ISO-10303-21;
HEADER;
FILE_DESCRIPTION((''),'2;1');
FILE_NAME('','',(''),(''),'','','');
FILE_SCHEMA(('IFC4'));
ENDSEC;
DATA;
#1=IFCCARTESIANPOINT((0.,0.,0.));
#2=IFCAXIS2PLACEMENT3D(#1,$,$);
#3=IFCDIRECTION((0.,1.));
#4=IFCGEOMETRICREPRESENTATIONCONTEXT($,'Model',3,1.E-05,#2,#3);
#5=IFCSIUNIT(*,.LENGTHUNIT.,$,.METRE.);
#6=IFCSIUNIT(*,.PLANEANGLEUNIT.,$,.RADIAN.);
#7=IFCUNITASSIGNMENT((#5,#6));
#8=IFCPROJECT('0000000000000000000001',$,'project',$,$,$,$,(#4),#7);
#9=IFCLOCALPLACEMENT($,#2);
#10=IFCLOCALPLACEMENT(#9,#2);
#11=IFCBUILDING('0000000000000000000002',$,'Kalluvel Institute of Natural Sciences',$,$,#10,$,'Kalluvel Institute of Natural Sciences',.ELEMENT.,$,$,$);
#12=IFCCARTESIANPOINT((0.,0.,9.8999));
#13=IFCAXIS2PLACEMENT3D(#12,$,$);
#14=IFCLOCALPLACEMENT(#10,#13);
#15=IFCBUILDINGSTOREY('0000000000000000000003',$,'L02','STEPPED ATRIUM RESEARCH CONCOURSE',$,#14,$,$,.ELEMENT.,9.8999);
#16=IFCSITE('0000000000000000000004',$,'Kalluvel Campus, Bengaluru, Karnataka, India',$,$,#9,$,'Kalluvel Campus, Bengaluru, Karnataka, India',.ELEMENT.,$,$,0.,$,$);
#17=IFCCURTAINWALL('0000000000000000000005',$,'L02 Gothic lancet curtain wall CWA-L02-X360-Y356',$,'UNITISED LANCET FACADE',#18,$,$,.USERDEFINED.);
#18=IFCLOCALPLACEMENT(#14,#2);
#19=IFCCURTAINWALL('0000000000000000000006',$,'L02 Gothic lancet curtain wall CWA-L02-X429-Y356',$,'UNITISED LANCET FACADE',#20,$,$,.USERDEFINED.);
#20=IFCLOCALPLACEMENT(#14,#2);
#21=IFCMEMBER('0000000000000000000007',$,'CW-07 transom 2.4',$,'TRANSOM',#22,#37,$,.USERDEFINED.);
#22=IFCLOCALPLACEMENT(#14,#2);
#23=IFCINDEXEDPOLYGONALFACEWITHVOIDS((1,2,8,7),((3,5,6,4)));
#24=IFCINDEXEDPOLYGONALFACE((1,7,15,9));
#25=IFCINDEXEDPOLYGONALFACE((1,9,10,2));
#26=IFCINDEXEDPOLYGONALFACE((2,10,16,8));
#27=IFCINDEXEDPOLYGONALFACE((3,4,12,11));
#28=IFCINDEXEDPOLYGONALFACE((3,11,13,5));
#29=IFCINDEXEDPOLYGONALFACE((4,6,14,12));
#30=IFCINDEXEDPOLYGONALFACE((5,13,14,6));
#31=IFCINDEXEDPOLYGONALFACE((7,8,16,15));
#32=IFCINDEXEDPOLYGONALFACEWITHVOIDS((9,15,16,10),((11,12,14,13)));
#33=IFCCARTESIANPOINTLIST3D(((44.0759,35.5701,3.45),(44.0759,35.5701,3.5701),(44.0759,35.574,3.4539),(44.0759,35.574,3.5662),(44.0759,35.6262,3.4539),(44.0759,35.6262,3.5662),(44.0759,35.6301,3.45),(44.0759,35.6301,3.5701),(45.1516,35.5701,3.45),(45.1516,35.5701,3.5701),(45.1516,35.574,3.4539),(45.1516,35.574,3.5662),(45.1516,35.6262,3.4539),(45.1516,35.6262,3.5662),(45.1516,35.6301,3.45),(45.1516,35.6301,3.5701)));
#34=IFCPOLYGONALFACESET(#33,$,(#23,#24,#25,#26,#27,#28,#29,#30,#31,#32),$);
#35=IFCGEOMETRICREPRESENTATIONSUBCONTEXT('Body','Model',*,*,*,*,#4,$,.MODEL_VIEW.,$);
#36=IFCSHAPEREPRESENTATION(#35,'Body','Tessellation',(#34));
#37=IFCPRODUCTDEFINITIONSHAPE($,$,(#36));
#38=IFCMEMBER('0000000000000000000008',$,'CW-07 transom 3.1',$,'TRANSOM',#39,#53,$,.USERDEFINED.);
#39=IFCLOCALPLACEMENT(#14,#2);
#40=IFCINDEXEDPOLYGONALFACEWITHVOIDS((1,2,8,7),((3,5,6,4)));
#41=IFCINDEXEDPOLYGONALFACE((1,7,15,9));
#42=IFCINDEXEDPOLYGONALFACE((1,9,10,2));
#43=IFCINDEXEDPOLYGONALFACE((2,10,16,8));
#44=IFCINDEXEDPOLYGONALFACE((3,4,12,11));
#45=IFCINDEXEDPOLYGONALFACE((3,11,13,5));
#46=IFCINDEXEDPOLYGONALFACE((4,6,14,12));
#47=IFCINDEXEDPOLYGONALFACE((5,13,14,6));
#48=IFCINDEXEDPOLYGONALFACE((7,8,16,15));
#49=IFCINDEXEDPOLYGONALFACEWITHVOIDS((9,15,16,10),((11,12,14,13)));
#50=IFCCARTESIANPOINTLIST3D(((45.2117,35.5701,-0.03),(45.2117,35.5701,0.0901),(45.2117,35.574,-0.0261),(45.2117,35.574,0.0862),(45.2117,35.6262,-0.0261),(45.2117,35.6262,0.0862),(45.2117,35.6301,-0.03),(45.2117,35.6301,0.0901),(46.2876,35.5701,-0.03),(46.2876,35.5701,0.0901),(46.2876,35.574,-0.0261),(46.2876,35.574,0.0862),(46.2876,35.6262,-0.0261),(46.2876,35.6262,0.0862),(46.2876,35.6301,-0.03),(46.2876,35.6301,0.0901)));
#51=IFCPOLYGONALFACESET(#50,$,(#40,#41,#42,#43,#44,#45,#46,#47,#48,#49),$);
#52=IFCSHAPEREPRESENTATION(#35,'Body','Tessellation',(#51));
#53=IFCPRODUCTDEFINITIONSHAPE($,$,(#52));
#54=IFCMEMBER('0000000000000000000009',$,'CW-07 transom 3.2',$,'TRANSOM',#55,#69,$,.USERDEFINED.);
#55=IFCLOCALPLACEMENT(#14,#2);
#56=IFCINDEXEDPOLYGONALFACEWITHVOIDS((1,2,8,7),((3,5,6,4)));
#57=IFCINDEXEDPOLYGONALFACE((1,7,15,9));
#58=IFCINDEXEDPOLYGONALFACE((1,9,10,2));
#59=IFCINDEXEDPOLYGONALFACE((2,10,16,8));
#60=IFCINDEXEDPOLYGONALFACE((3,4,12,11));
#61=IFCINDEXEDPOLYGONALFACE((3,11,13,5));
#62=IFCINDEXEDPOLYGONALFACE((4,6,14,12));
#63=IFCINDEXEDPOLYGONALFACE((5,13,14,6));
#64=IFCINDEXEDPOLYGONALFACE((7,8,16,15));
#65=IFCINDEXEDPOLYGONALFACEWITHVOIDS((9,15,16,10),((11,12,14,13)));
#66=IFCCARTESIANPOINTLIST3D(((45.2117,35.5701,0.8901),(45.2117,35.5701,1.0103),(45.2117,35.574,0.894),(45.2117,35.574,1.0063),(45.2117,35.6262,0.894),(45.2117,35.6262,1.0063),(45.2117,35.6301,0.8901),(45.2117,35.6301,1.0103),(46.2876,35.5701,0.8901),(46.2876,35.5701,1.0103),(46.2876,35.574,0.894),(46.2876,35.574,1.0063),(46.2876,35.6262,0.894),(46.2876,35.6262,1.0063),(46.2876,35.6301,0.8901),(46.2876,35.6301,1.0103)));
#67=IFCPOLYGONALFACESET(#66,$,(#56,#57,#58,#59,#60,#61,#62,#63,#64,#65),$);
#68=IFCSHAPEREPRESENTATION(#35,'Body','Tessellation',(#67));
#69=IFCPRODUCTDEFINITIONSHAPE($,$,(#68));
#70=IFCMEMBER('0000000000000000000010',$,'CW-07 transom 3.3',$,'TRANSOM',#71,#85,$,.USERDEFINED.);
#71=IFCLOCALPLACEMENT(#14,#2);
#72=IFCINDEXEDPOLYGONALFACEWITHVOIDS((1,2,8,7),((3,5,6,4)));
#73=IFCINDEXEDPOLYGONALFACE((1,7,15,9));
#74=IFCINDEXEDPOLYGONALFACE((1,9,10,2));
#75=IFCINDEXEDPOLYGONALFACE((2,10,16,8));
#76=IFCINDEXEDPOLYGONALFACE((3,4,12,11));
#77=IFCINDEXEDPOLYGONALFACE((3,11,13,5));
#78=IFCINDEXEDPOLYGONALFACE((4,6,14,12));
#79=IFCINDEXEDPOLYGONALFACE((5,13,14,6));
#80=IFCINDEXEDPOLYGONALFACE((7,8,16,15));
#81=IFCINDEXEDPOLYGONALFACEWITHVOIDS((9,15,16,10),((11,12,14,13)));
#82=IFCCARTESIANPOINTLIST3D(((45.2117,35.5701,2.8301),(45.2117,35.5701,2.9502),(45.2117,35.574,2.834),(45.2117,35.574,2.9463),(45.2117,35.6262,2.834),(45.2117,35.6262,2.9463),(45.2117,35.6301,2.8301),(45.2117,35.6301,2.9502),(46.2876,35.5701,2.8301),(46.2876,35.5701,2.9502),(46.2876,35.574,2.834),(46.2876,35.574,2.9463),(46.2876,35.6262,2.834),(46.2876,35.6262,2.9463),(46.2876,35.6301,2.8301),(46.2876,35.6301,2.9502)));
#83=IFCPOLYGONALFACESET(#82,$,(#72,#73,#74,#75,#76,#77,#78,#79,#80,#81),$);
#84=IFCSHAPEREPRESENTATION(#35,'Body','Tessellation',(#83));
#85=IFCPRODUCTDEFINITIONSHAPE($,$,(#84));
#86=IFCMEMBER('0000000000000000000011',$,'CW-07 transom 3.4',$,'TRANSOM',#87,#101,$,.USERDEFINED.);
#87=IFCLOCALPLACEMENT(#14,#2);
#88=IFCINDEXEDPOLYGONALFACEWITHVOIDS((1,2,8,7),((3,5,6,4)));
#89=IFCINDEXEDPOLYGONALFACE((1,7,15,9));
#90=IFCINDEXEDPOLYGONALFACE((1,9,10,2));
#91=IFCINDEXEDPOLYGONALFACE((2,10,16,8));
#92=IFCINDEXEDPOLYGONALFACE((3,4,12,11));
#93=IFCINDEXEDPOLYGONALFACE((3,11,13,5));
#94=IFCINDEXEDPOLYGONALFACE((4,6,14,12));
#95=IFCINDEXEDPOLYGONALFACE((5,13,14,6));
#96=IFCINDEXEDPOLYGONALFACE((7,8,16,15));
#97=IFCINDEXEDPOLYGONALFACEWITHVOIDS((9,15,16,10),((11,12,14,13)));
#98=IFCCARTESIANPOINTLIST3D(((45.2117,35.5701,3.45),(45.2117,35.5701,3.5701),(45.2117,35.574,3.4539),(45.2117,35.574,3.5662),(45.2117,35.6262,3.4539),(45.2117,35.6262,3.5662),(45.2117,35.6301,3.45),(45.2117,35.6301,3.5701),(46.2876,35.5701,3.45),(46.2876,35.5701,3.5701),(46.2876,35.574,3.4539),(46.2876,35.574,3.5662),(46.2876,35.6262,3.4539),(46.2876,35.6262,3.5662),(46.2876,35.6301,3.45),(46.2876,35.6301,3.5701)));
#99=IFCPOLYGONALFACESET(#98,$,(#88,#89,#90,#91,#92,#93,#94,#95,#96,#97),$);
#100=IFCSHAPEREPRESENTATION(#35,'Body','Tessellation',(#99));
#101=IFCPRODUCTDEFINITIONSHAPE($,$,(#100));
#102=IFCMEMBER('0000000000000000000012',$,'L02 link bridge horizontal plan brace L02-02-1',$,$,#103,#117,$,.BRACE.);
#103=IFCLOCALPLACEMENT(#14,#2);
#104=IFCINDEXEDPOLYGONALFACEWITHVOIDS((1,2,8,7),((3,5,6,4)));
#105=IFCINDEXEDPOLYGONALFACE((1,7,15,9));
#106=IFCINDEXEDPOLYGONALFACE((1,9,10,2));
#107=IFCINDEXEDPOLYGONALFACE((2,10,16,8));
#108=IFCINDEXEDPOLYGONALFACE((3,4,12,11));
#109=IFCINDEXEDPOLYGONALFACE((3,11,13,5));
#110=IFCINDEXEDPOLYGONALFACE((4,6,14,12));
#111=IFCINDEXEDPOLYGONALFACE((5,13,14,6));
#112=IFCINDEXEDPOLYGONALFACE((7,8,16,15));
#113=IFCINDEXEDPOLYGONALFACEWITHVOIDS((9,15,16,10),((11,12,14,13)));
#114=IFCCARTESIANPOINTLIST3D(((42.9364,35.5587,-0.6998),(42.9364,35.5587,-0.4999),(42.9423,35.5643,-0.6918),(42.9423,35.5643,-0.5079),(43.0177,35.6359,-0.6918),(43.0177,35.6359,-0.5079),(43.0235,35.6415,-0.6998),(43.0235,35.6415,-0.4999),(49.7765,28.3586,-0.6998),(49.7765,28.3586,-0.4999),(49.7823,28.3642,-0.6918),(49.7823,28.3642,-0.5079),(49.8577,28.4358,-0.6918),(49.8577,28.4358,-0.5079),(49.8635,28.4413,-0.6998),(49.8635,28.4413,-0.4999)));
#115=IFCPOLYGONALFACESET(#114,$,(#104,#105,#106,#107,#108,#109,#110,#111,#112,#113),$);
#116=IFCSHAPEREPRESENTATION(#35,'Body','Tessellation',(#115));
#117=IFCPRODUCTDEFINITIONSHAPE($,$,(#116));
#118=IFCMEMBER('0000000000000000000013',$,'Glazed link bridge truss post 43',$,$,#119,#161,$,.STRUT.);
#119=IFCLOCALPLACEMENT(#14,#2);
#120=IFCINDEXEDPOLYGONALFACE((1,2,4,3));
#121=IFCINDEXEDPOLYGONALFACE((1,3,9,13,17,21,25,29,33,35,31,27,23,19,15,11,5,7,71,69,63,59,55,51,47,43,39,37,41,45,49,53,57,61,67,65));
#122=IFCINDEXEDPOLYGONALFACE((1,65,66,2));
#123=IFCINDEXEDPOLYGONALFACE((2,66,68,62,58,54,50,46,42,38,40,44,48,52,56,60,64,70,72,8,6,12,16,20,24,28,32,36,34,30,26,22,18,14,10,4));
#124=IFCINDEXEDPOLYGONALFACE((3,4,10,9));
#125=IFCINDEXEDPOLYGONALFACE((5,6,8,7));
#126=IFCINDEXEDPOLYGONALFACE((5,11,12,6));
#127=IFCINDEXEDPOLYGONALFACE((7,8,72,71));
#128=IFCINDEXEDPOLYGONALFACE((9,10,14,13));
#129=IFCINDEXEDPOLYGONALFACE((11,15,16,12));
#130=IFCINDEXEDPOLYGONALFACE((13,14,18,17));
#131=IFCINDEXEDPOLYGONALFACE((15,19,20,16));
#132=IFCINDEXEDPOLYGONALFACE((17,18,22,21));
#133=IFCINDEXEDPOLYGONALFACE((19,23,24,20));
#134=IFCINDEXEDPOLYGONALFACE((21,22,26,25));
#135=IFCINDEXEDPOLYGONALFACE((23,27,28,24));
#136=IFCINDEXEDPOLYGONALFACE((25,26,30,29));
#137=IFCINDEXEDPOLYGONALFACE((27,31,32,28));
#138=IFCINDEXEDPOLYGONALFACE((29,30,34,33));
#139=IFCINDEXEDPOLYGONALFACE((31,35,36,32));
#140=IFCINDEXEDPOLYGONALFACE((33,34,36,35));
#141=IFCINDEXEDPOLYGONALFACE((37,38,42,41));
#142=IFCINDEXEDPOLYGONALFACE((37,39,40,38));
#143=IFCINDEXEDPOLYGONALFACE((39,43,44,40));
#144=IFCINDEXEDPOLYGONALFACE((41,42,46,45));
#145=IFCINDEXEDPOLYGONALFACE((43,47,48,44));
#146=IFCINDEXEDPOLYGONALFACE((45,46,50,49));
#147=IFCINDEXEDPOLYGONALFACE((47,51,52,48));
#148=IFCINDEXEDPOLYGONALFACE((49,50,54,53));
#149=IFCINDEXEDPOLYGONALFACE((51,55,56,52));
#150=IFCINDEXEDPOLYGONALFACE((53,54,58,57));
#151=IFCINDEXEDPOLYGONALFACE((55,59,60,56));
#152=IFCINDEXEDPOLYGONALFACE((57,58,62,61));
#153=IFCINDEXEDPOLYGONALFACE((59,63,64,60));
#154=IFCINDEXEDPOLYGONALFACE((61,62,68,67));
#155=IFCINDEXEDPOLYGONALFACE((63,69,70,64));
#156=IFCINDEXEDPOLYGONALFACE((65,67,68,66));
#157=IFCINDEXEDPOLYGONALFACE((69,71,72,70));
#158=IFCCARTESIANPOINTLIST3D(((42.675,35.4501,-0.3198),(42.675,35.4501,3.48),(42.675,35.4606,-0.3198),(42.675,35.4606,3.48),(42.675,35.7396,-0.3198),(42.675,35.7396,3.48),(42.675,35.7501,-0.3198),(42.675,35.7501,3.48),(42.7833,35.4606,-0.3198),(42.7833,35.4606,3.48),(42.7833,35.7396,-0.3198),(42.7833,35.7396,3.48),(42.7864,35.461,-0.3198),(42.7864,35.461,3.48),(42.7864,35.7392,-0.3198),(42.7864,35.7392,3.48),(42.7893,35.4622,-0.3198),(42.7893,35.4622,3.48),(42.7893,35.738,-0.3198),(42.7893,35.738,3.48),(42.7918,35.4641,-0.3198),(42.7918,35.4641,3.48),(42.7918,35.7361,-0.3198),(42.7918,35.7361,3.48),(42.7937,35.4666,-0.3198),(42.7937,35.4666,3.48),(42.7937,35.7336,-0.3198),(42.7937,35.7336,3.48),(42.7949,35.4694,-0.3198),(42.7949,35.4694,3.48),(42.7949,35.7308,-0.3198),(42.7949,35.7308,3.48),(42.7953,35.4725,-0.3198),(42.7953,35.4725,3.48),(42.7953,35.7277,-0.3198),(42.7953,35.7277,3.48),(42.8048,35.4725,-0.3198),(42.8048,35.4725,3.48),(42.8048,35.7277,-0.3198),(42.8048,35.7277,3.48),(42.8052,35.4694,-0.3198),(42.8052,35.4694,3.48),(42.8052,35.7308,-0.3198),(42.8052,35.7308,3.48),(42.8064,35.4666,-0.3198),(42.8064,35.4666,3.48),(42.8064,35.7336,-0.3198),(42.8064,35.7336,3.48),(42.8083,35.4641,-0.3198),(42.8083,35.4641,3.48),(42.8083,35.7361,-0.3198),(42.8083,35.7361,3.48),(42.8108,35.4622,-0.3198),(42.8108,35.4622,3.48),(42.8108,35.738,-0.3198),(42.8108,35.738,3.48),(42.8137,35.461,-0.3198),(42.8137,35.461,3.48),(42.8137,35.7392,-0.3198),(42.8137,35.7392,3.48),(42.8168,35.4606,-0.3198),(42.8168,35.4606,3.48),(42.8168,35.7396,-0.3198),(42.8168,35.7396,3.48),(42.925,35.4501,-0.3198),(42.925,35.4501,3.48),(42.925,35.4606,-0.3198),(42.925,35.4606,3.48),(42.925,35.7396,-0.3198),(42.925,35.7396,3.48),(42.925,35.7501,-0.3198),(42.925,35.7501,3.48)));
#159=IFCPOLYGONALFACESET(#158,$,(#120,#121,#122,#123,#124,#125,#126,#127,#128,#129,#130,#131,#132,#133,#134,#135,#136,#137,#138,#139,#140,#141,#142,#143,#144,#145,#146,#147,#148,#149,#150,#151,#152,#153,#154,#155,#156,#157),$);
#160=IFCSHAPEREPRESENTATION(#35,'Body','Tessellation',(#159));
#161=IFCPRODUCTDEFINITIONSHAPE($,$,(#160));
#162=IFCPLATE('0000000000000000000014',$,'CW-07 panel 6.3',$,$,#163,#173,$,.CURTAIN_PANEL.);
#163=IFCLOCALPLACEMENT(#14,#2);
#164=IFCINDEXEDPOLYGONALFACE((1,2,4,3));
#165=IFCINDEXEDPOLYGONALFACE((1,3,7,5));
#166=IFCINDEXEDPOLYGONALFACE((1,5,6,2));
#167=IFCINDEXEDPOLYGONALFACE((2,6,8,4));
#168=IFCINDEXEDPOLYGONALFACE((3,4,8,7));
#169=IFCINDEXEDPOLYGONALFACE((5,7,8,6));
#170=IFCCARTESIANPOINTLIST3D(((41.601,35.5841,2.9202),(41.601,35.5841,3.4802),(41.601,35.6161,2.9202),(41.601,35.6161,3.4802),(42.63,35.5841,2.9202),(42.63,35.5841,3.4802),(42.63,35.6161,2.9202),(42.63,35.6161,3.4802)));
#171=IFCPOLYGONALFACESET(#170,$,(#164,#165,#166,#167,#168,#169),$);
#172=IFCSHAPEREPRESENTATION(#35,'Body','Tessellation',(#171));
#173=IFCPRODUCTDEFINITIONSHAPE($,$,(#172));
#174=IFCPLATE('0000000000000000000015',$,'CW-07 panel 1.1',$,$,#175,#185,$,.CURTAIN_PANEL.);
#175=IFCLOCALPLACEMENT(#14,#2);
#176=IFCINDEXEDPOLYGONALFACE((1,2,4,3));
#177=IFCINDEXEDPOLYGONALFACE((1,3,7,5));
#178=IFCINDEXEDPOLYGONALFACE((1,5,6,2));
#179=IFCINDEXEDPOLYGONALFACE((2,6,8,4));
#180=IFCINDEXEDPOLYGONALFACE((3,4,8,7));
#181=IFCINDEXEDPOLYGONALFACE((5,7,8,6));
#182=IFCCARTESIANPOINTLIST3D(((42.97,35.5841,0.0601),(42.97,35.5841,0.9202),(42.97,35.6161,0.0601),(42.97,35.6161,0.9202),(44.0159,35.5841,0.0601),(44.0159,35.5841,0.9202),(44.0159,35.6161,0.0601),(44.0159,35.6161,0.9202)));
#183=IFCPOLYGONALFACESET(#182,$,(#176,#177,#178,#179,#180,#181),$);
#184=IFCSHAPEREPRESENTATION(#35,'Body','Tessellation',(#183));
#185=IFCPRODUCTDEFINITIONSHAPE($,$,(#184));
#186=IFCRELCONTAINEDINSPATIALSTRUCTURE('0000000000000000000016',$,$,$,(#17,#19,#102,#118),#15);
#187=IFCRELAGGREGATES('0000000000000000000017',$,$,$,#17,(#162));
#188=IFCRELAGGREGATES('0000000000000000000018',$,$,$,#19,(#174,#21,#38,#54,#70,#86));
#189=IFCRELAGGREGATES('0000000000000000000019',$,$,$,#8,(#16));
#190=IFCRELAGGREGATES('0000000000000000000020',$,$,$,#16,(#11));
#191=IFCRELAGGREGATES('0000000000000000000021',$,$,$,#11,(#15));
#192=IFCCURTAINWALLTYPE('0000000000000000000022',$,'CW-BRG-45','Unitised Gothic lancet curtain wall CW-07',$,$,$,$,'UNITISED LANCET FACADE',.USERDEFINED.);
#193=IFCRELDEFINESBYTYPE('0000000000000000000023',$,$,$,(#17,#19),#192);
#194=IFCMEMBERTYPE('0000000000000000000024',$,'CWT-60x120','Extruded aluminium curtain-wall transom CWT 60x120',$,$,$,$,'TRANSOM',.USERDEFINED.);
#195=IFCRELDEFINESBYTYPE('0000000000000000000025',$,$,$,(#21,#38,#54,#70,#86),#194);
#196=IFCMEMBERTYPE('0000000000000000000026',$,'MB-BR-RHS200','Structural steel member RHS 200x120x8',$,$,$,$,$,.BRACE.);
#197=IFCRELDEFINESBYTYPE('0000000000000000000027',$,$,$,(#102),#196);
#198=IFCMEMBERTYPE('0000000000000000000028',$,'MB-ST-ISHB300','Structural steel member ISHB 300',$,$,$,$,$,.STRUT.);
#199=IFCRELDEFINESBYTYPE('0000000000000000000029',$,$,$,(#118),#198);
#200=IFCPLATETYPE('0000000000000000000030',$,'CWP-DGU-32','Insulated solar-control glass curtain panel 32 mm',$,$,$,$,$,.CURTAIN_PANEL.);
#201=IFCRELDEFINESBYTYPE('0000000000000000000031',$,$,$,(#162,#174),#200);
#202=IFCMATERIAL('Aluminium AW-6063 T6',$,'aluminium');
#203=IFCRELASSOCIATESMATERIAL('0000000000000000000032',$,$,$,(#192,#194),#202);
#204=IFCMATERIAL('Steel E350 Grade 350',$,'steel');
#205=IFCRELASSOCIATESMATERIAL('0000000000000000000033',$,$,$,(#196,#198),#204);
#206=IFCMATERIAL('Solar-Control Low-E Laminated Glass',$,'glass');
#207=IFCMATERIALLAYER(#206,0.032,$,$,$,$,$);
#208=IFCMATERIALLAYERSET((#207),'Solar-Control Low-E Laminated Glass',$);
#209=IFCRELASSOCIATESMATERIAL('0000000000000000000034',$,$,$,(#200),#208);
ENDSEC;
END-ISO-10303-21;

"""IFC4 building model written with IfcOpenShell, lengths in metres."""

from ifc_helpers import new_model, si_unit, direction, frame, origin, origin_2d, place, context, subcontext, project, spatial, rectangle, hollow_rectangle, i_section, extrude, material, layer, layer_set, material_profile, profile_set, type_object, element, aggregate, save


model = new_model("IFC4")

# Units and contexts
model_context = context("Model", 3, precision=1e-05, world=origin(), true_north=direction((0.0, 1.0)))
body_context = subcontext(model_context, "Body", "Model", "MODEL_VIEW")
ifc_project = project(units=[si_unit("LENGTHUNIT", "METRE"), si_unit("PLANEANGLEUNIT", "RADIAN")], contexts=[model_context])

# Site, building, storey
site_placement = place(None, origin())
site = spatial("IfcSite", under=ifc_project, at=site_placement, Name="Kalluvel Campus, Bengaluru, Karnataka, India", LongName="Kalluvel Campus, Bengaluru, Karnataka, India", CompositionType="ELEMENT", RefElevation=0.0)
building_placement = place(site_placement, origin())
building = spatial("IfcBuilding", under=site, at=building_placement, Name="Kalluvel Institute of Natural Sciences", LongName="Kalluvel Institute of Natural Sciences", CompositionType="ELEMENT")
storey_placement = place(building_placement, frame((0.0, 0.0, 9.8999)))
storey = spatial("IfcBuildingStorey", under=building, at=storey_placement, Name="L02", Description="STEPPED ATRIUM RESEARCH CONCOURSE", CompositionType="ELEMENT", Elevation=9.8999)

# Curtain wall
ifc_material_1 = material(Name="Aluminium AW-6063 T6", Category="aluminium")
curtain_wall_type = type_object("IfcCurtainWallType", Name="CW-BRG-45", Description="Unitised Gothic lancet curtain wall CW-07", ElementType="UNITISED LANCET FACADE", PredefinedType="USERDEFINED", material=ifc_material_1)
curtain_wall_1_placement = place(storey_placement, origin())
curtain_wall_1 = element("IfcCurtainWall", 1, at=curtain_wall_1_placement, inside=storey, type_object=curtain_wall_type, Name="L02 Gothic lancet curtain wall CWA-L02-X360-Y356", ObjectType="UNITISED LANCET FACADE", PredefinedType="USERDEFINED")

# Curtain wall, members
curtain_wall_2_placement = place(storey_placement, origin())
curtain_wall_2 = element("IfcCurtainWall", 2, at=curtain_wall_2_placement, inside=storey, type_object=curtain_wall_type, Name="L02 Gothic lancet curtain wall CWA-L02-X429-Y356", ObjectType="UNITISED LANCET FACADE", PredefinedType="USERDEFINED")
ifc_material_profile_1 = material_profile(ifc_material_1, hollow_rectangle(XDim=0.0601, YDim=0.1201, WallThickness=0.0039, at=origin_2d()), Name="CWT 60x120")
ifc_profile_set_1 = profile_set([ifc_material_profile_1], Name="Aluminium AW-6063 T6")
member_type_1 = type_object("IfcMemberType", Name="CWT-60x120", Description="Extruded aluminium curtain-wall transom CWT 60x120", ElementType="TRANSOM", PredefinedType="USERDEFINED", material=ifc_profile_set_1)
member_1_placement = place(storey_placement, frame((44.0759, 35.6001, 3.51), z_axis=(1.0, 0.0, 0.0), x_axis=(0.0, 1.0, 0.0)))
member_1 = element("IfcMember", 3, at=member_1_placement, type_object=member_type_1, Name="CW-07 transom 2.4", ObjectType="TRANSOM", PredefinedType="USERDEFINED", context=body_context, shape_type="SweptSolid", body=[
    extrude(hollow_rectangle(XDim=0.0601, YDim=0.1201, WallThickness=0.0039, at=origin_2d()), origin(), (0.0, 0.0, 1.0), 1.0757),
])
member_2_placement = place(storey_placement, frame((45.2117, 35.6001, 0.03), z_axis=(1.0, 0.0, 0.0), x_axis=(0.0, 1.0, 0.0)))
member_2 = element("IfcMember", 4, at=member_2_placement, type_object=member_type_1, Name="CW-07 transom 3.1", ObjectType="TRANSOM", PredefinedType="USERDEFINED", context=body_context, shape_type="SweptSolid", body=[
    extrude(hollow_rectangle(XDim=0.0601, YDim=0.1201, WallThickness=0.0039, at=origin_2d()), origin(), (0.0, 0.0, 1.0), 1.0759),
])
member_3_placement = place(storey_placement, frame((45.2117, 35.6001, 0.9502), z_axis=(1.0, 0.0, 0.0), x_axis=(0.0, 1.0, 0.0)))
member_3 = element("IfcMember", 5, at=member_3_placement, type_object=member_type_1, Name="CW-07 transom 3.2", ObjectType="TRANSOM", PredefinedType="USERDEFINED", context=body_context, shape_type="SweptSolid", body=[
    extrude(hollow_rectangle(XDim=0.0601, YDim=0.1201, WallThickness=0.0039, at=origin_2d()), origin(), (0.0, 0.0, 1.0), 1.0759),
])
member_4_placement = place(storey_placement, frame((45.2117, 35.6001, 2.8901), z_axis=(1.0, 0.0, 0.0), x_axis=(0.0, 1.0, 0.0)))
member_4 = element("IfcMember", 6, at=member_4_placement, type_object=member_type_1, Name="CW-07 transom 3.3", ObjectType="TRANSOM", PredefinedType="USERDEFINED", context=body_context, shape_type="SweptSolid", body=[
    extrude(hollow_rectangle(XDim=0.0601, YDim=0.1201, WallThickness=0.0039, at=origin_2d()), origin(), (0.0, 0.0, 1.0), 1.0759),
])
member_5_placement = place(storey_placement, frame((45.2117, 35.6001, 3.51), z_axis=(1.0, 0.0, 0.0), x_axis=(0.0, 1.0, 0.0)))
member_5 = element("IfcMember", 7, at=member_5_placement, type_object=member_type_1, Name="CW-07 transom 3.4", ObjectType="TRANSOM", PredefinedType="USERDEFINED", context=body_context, shape_type="SweptSolid", body=[
    extrude(hollow_rectangle(XDim=0.0601, YDim=0.1201, WallThickness=0.0039, at=origin_2d()), origin(), (0.0, 0.0, 1.0), 1.0759),
])

# Members
ifc_material_2 = material(Name="Steel E350 Grade 350", Category="steel")
ifc_material_profile_2 = material_profile(ifc_material_2, hollow_rectangle(XDim=0.1201, YDim=0.2, WallThickness=0.0081, at=origin_2d()), Name="RHS 200x120x8")
ifc_profile_set_2 = profile_set([ifc_material_profile_2], Name="Steel E350 Grade 350")
member_type_2 = type_object("IfcMemberType", Name="MB-BR-RHS200", Description="Structural steel member RHS 200x120x8", PredefinedType="BRACE", material=ifc_profile_set_2)
member_6_placement = place(storey_placement, frame((42.98, 35.6001, -0.5999), z_axis=(0.688744, -0.725004, 0.0), x_axis=(0.725004, 0.688744, 0.0)))
element("IfcMember", 8, at=member_6_placement, inside=storey, type_object=member_type_2, Name="L02 link bridge horizontal plan brace L02-02-1", PredefinedType="BRACE", context=body_context, shape_type="SweptSolid", body=[
    extrude(hollow_rectangle(XDim=0.1201, YDim=0.2, WallThickness=0.0081, at=origin_2d()), origin(), (0.0, 0.0, 1.0), 9.9312),
])
ifc_material_profile_3 = material_profile(ifc_material_2, i_section(OverallWidth=0.25, OverallDepth=0.3, WebThickness=0.0095, FlangeThickness=0.0105, FilletRadius=0.012, at=origin_2d()), Name="ISHB 300")
ifc_profile_set_3 = profile_set([ifc_material_profile_3], Name="Steel E350 Grade 350")
member_type_3 = type_object("IfcMemberType", Name="MB-ST-ISHB300", Description="Structural steel member ISHB 300", PredefinedType="STRUT", material=ifc_profile_set_3)
member_7_placement = place(storey_placement, frame((42.8, 35.6001, -0.3198), z_axis=(0.0, 0.0, 1.0), x_axis=(1.0, 0.0, 0.0)))
element("IfcMember", 9, at=member_7_placement, inside=storey, type_object=member_type_3, Name="Glazed link bridge truss post 43", PredefinedType="STRUT", context=body_context, shape_type="SweptSolid", body=[
    extrude(i_section(OverallWidth=0.25, OverallDepth=0.3, WebThickness=0.0095, FlangeThickness=0.0105, FilletRadius=0.012, at=origin_2d()), origin(), (0.0, 0.0, 1.0), 3.7998),
])

# Plates
ifc_material_3 = material(Name="Solar-Control Low-E Laminated Glass", Category="glass")
ifc_layer = layer(ifc_material_3, 0.032)
ifc_layer_set = layer_set([ifc_layer], Name="Solar-Control Low-E Laminated Glass")
plate_type = type_object("IfcPlateType", Name="CWP-DGU-32", Description="Insulated solar-control glass curtain panel 32 mm", PredefinedType="CURTAIN_PANEL", material=ifc_layer_set)
plate_1_placement = place(storey_placement, frame((42.1155, 35.6001, 2.9202), z_axis=(0.0, 0.0, 1.0), x_axis=(1.0, 0.0, 0.0)))
plate_1 = element("IfcPlate", 10, at=plate_1_placement, type_object=plate_type, Name="CW-07 panel 6.3", PredefinedType="CURTAIN_PANEL", context=body_context, shape_type="SweptSolid", body=[
    extrude(rectangle(XDim=1.0291, YDim=0.032, at=origin_2d()), origin(), (0.0, 0.0, 1.0), 0.5601),
])
aggregate(curtain_wall_1, [plate_1])
plate_2_placement = place(storey_placement, frame((43.4929, 35.6001, 0.0601), z_axis=(0.0, 0.0, 1.0), x_axis=(1.0, 0.0, 0.0)))
plate_2 = element("IfcPlate", 11, at=plate_2_placement, type_object=plate_type, Name="CW-07 panel 1.1", PredefinedType="CURTAIN_PANEL", context=body_context, shape_type="SweptSolid", body=[
    extrude(rectangle(XDim=1.0459, YDim=0.032, at=origin_2d()), origin(), (0.0, 0.0, 1.0), 0.8601),
])
aggregate(curtain_wall_2, [plate_2, member_1, member_2, member_3, member_4, member_5])

save(model, "model.ifc")
